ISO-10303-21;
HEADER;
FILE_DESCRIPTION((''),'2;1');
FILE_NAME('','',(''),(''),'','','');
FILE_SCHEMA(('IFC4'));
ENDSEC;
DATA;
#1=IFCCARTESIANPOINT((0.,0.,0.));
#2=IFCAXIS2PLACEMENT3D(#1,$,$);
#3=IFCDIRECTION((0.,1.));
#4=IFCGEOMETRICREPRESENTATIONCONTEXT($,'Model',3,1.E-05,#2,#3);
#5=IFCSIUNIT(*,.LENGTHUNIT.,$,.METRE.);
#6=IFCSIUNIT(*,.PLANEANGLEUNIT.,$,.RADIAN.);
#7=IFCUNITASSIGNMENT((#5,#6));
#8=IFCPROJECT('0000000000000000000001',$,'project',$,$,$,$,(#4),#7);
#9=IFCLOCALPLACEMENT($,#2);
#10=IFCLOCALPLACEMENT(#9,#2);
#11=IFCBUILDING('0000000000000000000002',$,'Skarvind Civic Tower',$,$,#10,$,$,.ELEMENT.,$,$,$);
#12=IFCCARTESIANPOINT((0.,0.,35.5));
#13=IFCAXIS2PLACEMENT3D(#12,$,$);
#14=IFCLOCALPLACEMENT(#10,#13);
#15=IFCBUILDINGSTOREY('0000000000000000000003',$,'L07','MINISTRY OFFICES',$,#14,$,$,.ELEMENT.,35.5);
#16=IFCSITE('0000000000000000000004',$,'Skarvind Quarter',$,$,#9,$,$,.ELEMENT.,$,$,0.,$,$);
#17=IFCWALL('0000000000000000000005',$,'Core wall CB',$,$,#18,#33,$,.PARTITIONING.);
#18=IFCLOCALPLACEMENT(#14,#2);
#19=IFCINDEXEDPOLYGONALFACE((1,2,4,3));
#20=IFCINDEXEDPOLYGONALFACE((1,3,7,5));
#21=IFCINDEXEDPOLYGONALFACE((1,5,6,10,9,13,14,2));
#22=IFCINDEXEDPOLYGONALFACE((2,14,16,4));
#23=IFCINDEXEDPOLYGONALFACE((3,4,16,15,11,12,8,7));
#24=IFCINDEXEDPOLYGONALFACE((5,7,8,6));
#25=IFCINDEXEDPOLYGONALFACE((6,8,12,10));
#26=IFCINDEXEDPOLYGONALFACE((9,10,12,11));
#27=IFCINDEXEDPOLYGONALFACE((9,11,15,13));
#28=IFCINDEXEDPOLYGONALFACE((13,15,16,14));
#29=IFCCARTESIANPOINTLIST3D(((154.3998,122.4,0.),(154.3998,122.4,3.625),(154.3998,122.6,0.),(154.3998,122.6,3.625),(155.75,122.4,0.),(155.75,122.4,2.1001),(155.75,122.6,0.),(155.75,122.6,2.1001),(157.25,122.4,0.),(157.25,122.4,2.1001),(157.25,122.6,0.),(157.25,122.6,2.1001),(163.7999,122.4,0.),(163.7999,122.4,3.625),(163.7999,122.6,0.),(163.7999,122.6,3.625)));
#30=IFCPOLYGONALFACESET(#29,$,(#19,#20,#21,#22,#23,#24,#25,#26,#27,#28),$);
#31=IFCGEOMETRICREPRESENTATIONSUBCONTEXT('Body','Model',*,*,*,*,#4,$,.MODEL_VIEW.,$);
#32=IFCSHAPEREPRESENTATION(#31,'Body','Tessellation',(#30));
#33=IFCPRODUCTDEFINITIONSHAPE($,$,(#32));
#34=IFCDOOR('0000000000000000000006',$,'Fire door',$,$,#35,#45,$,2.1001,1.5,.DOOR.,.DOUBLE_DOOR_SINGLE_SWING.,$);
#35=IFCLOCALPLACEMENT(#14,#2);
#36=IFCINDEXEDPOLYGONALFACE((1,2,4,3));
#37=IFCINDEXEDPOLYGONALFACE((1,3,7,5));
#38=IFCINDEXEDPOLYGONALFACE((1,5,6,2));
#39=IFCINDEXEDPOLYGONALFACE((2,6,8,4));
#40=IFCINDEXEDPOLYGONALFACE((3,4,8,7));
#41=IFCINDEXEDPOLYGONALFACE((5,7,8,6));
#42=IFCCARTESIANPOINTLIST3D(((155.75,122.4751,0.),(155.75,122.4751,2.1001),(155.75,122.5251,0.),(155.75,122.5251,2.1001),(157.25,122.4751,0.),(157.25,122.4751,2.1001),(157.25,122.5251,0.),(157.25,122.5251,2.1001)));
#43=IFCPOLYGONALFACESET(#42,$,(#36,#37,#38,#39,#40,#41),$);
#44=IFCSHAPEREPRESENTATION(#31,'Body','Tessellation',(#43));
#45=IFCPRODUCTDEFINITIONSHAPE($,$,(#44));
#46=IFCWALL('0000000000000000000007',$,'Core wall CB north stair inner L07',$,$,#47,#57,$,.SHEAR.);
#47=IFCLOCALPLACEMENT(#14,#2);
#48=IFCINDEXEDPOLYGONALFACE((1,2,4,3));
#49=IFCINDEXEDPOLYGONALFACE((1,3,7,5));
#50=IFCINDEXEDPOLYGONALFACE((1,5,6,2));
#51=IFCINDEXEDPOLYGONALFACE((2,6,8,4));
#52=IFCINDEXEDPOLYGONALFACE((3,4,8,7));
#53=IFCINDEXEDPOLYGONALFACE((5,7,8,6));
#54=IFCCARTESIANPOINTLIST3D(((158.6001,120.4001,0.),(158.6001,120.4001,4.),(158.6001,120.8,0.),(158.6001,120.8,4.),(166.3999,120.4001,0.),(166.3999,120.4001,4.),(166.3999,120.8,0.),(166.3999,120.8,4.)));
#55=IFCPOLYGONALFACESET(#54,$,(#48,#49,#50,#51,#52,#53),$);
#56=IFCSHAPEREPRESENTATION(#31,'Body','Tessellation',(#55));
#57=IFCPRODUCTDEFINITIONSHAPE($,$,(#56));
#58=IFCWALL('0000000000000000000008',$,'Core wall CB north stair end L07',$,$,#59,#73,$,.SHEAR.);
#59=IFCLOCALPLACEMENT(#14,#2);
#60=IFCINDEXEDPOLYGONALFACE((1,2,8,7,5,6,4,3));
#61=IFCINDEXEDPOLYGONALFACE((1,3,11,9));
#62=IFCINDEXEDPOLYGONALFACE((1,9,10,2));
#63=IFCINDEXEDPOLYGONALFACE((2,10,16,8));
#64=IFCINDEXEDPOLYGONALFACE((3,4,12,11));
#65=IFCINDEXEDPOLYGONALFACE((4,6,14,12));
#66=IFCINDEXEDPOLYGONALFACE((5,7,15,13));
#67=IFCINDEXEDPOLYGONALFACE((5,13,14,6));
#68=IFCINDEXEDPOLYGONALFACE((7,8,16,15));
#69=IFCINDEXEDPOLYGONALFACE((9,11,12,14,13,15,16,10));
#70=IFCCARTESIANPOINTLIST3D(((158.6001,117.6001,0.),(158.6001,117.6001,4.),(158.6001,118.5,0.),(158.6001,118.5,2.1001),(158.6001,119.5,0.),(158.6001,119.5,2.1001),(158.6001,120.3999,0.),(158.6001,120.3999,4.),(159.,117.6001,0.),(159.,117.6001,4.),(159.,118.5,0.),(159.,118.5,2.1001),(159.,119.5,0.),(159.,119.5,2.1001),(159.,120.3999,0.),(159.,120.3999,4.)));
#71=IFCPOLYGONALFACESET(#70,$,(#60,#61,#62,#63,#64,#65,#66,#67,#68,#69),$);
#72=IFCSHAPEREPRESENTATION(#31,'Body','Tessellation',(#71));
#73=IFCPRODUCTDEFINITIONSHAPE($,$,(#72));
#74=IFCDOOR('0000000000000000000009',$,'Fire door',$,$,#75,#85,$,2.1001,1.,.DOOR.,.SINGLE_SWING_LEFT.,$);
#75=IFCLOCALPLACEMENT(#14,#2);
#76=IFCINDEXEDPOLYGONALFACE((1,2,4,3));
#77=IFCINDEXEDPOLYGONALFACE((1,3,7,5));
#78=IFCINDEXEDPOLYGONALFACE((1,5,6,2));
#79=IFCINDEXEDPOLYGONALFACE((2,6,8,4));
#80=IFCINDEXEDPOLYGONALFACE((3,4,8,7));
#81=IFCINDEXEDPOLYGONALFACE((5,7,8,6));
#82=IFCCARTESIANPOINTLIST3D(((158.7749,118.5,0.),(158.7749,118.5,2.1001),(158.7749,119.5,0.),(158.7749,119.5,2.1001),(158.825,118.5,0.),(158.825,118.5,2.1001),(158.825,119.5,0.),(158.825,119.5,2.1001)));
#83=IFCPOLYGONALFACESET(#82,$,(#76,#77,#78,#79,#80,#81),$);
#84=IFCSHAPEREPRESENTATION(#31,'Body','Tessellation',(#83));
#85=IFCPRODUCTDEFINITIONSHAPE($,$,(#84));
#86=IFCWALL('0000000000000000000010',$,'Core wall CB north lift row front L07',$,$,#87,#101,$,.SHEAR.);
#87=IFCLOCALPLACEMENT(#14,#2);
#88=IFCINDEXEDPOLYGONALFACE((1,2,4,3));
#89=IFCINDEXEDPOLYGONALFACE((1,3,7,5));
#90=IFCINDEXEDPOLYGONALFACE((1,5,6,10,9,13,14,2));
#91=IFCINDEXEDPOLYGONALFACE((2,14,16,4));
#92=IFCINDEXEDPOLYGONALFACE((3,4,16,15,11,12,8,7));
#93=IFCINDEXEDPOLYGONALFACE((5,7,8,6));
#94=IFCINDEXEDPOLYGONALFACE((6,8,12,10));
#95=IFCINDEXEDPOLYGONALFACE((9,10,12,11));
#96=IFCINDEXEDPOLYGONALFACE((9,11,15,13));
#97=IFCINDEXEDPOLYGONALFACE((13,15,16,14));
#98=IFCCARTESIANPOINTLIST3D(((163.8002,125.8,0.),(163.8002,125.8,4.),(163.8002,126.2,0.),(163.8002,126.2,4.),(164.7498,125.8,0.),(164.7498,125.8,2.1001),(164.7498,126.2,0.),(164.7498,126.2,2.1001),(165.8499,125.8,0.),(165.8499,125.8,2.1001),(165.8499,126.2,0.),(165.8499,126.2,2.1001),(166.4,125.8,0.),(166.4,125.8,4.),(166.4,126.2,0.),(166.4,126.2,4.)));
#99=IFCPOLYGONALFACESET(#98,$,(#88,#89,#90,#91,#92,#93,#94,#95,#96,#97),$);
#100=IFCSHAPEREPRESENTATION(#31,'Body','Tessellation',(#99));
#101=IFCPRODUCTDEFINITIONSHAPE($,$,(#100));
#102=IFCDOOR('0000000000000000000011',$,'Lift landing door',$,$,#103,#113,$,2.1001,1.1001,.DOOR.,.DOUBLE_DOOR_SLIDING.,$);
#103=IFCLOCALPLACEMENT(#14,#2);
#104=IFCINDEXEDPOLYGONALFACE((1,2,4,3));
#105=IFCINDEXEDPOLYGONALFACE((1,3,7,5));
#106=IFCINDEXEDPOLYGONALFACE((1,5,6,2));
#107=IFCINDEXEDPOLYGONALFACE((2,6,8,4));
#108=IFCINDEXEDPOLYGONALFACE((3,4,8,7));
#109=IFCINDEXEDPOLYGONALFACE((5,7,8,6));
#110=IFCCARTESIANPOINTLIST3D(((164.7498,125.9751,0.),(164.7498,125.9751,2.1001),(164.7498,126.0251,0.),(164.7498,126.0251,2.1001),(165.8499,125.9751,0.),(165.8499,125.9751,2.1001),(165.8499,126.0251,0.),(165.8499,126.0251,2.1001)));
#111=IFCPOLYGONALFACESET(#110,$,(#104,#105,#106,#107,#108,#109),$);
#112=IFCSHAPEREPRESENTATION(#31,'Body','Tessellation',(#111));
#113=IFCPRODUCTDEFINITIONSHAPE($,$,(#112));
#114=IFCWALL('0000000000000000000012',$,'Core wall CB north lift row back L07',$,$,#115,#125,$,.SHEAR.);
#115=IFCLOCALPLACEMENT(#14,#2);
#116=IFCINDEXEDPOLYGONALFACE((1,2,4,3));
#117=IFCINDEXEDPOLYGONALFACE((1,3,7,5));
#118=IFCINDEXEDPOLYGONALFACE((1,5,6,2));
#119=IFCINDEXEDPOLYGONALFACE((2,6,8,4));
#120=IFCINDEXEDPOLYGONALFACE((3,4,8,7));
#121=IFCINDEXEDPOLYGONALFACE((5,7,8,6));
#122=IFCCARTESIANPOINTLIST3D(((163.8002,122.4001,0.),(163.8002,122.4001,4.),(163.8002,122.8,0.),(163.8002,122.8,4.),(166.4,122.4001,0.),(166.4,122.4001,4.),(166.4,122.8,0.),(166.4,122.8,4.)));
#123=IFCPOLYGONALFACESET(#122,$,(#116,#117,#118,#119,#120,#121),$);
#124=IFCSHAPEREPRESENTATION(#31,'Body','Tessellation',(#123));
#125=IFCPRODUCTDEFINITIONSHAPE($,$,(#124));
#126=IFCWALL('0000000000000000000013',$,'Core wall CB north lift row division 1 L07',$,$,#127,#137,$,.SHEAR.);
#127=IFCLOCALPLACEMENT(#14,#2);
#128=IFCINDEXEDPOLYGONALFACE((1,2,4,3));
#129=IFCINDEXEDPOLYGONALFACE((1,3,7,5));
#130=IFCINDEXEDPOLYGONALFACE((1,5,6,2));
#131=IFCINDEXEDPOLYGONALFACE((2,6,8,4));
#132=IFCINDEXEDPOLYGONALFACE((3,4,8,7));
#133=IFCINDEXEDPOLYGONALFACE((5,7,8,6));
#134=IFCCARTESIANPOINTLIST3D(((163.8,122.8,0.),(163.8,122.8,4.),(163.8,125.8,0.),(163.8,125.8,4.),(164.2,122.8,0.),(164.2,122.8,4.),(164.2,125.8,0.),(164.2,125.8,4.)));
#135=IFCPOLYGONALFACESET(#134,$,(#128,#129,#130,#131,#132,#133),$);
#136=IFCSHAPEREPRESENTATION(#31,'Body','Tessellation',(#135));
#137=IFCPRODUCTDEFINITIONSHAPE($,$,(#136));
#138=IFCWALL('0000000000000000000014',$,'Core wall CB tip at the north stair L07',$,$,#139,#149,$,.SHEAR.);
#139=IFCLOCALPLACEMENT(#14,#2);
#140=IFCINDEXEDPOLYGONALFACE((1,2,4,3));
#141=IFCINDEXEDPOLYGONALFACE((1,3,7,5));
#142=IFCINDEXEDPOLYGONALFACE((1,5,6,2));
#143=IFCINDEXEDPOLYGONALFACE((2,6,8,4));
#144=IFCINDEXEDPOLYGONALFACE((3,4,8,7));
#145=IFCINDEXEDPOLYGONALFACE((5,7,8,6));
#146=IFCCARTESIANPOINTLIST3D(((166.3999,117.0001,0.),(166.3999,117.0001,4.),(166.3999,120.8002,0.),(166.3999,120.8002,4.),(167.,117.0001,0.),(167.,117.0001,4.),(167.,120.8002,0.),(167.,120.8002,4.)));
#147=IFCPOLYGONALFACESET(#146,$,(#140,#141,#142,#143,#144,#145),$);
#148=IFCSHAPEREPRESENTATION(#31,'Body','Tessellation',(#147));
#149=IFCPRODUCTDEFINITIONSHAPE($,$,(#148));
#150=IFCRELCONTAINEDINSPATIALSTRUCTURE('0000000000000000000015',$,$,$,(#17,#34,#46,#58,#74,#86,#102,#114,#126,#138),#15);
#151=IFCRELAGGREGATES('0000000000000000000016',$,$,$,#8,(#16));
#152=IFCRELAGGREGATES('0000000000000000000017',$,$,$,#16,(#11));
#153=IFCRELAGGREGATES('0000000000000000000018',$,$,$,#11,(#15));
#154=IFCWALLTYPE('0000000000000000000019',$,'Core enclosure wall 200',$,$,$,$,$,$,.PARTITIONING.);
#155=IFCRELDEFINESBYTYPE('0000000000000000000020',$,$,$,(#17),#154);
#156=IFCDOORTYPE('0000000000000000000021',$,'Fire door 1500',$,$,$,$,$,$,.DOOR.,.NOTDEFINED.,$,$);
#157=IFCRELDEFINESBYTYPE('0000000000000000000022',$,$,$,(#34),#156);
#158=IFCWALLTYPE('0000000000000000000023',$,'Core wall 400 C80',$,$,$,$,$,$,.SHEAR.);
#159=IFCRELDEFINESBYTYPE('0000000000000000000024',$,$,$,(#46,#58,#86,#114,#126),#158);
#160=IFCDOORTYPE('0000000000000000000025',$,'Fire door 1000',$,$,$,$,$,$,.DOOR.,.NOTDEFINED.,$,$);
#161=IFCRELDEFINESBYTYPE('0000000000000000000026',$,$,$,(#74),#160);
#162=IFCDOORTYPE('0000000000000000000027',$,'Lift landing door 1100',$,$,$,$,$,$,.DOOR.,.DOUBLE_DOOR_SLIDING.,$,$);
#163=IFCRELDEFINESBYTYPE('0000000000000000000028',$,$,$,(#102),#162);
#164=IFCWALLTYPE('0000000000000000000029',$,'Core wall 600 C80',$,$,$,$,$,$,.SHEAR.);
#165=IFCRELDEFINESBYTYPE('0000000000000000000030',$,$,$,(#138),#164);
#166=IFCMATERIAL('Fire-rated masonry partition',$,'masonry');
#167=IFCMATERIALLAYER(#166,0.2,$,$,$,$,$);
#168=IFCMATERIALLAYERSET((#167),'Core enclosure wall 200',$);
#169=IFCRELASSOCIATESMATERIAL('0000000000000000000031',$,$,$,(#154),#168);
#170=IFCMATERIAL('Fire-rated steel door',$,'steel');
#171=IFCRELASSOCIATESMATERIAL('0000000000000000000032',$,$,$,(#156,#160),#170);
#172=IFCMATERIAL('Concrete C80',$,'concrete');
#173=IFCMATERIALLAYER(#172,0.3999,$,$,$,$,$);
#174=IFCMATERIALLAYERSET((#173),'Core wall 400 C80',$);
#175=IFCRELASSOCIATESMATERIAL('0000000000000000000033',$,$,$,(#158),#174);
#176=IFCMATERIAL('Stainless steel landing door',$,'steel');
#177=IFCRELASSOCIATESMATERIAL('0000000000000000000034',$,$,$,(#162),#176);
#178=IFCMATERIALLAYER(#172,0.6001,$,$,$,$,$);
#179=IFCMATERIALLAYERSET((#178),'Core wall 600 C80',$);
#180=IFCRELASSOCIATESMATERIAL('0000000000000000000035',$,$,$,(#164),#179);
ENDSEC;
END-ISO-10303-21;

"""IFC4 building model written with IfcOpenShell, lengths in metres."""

from ifc_helpers import new_model, si_unit, direction, frame, frame_2d, origin, place, context, subcontext, project, spatial, rectangle, extrude, material, layer, layer_set, type_object, element, fill, save


model = new_model("IFC4")

# Units and contexts
model_context = context("Model", 3, precision=1e-05, world=origin(), true_north=direction((0.0, 1.0)))
body_context = subcontext(model_context, "Body", "Model", "MODEL_VIEW")
ifc_project = project(units=[si_unit("LENGTHUNIT", "METRE"), si_unit("PLANEANGLEUNIT", "RADIAN")], contexts=[model_context])

# Site, building, storey
site_placement = place(None, origin())
site = spatial("IfcSite", under=ifc_project, at=site_placement, Name="Skarvind Quarter", CompositionType="ELEMENT", RefElevation=0.0)
building_placement = place(site_placement, origin())
building = spatial("IfcBuilding", under=site, at=building_placement, Name="Skarvind Civic Tower", CompositionType="ELEMENT")
storey_placement = place(building_placement, frame((0.0, 0.0, 35.5)))
storey = spatial("IfcBuildingStorey", under=building, at=storey_placement, Name="L07", Description="MINISTRY OFFICES", CompositionType="ELEMENT", Elevation=35.5)

# Wall, opening, door
ifc_material_1 = material(Name="Fire-rated masonry partition", Category="masonry")
ifc_layer_1 = layer(ifc_material_1, 0.2)
ifc_layer_set_1 = layer_set([ifc_layer_1], Name="Core enclosure wall 200")
wall_type_1 = type_object("IfcWallType", Name="Core enclosure wall 200", PredefinedType="PARTITIONING", material=ifc_layer_set_1)
wall_1_placement = place(storey_placement, frame((163.8, 122.5, 0.0), z_axis=(0.0, 0.0, 1.0), x_axis=(-1.0, 0.0, 0.0)))
wall_1 = element("IfcWall", 1, at=wall_1_placement, inside=storey, type_object=wall_type_1, Name="Core wall CB", PredefinedType="PARTITIONING", context=body_context, shape_type="SweptSolid", body=[
    extrude(rectangle(XDim=9.4001, YDim=0.2, at=frame_2d((4.7002, 0.0))), origin(), (0.0, 0.0, 1.0), 3.625),
])
opening_1_placement = place(wall_1_placement, frame((6.55, 0.0, 0.0)))
opening_1 = element("IfcOpeningElement", 2, at=opening_1_placement, cuts=wall_1, PredefinedType="OPENING", context=body_context, shape_type="SweptSolid", body=[
    extrude(rectangle(XDim=1.5, YDim=2.1001, at=frame_2d((0.75, 1.05))), frame((0.0, 0.1099, 0.0), z_axis=(0.0, -1.0, 0.0), x_axis=(1.0, 0.0, 0.0)), (0.0, 0.0, 1.0), 0.22),
])
ifc_material_2 = material(Name="Fire-rated steel door", Category="steel")
door_type_1 = type_object("IfcDoorType", Name="Fire door 1500", OperationType="NOTDEFINED", PredefinedType="DOOR", material=ifc_material_2)
door_1_placement = place(opening_1_placement, origin())
door_1 = element("IfcDoor", 3, at=door_1_placement, inside=storey, type_object=door_type_1, Name="Fire door", OperationType="DOUBLE_DOOR_SINGLE_SWING", OverallHeight=2.1001, OverallWidth=1.5, PredefinedType="DOOR", context=body_context, shape_type="SweptSolid", body=[
    extrude(rectangle(XDim=1.5, YDim=2.1001, at=frame_2d((0.75, 1.05))), frame((0.0, 0.0249, 0.0), z_axis=(0.0, -1.0, 0.0), x_axis=(1.0, 0.0, 0.0)), (0.0, 0.0, 1.0), 0.05),
])
fill(opening_1, door_1)

# Wall
ifc_material_3 = material(Name="Concrete C80", Category="concrete")
ifc_layer_2 = layer(ifc_material_3, 0.3999)
ifc_layer_set_2 = layer_set([ifc_layer_2], Name="Core wall 400 C80")
wall_type_2 = type_object("IfcWallType", Name="Core wall 400 C80", PredefinedType="SHEAR", material=ifc_layer_set_2)
wall_2_placement = place(storey_placement, frame((166.3999, 120.6001, 0.0), z_axis=(0.0, 0.0, 1.0), x_axis=(-1.0, 0.0, 0.0)))
element("IfcWall", 4, at=wall_2_placement, inside=storey, type_object=wall_type_2, Name="Core wall CB north stair inner L07", PredefinedType="SHEAR", context=body_context, shape_type="SweptSolid", body=[
    extrude(rectangle(XDim=7.7998, YDim=0.3999, at=frame_2d((3.8999, 0.0))), origin(), (0.0, 0.0, 1.0), 4.0),
])

# Walls, openings, doors
wall_3_placement = place(storey_placement, frame((158.8, 120.3999, 0.0), z_axis=(0.0, 0.0, 1.0), x_axis=(0.0, -1.0, 0.0)))
wall_3 = element("IfcWall", 5, at=wall_3_placement, inside=storey, type_object=wall_type_2, Name="Core wall CB north stair end L07", PredefinedType="SHEAR", context=body_context, shape_type="SweptSolid", body=[
    extrude(rectangle(XDim=2.7998, YDim=0.3999, at=frame_2d((1.3999, 0.0))), origin(), (0.0, 0.0, 1.0), 4.0),
])
opening_2_placement = place(wall_3_placement, frame((0.8999, 0.0, 0.0)))
opening_2 = element("IfcOpeningElement", 6, at=opening_2_placement, cuts=wall_3, PredefinedType="OPENING", context=body_context, shape_type="SweptSolid", body=[
    extrude(rectangle(XDim=1.0, YDim=2.1001, at=frame_2d((0.5, 1.05))), frame((0.0, 0.21, 0.0), z_axis=(0.0, -1.0, 0.0), x_axis=(1.0, 0.0, 0.0)), (0.0, 0.0, 1.0), 0.4199),
])
door_type_2 = type_object("IfcDoorType", Name="Fire door 1000", OperationType="NOTDEFINED", PredefinedType="DOOR", material=ifc_material_2)
door_2_placement = place(opening_2_placement, origin())
door_2 = element("IfcDoor", 7, at=door_2_placement, inside=storey, type_object=door_type_2, Name="Fire door", OperationType="SINGLE_SWING_LEFT", OverallHeight=2.1001, OverallWidth=1.0, PredefinedType="DOOR", context=body_context, shape_type="SweptSolid", body=[
    extrude(rectangle(XDim=1.0, YDim=2.1001, at=frame_2d((0.5, 1.05))), frame((0.0, 0.0249, 0.0), z_axis=(0.0, -1.0, 0.0), x_axis=(1.0, 0.0, 0.0)), (0.0, 0.0, 1.0), 0.05),
])
fill(opening_2, door_2)
wall_4_placement = place(storey_placement, frame((166.3999, 126.0, 0.0), z_axis=(0.0, 0.0, 1.0), x_axis=(-1.0, 0.0, 0.0)))
wall_4 = element("IfcWall", 8, at=wall_4_placement, inside=storey, type_object=wall_type_2, Name="Core wall CB north lift row front L07", PredefinedType="SHEAR", context=body_context, shape_type="SweptSolid", body=[
    extrude(rectangle(XDim=2.5999, YDim=0.3999, at=frame_2d((1.2998, 0.0))), origin(), (0.0, 0.0, 1.0), 4.0),
])
opening_3_placement = place(wall_4_placement, frame((0.55, 0.0, 0.0)))
opening_3 = element("IfcOpeningElement", 9, at=opening_3_placement, cuts=wall_4, PredefinedType="OPENING", context=body_context, shape_type="SweptSolid", body=[
    extrude(rectangle(XDim=1.1001, YDim=2.1001, at=frame_2d((0.55, 1.05))), frame((0.0, 0.21, 0.0), z_axis=(0.0, -1.0, 0.0), x_axis=(1.0, 0.0, 0.0)), (0.0, 0.0, 1.0), 0.4199),
])
ifc_material_4 = material(Name="Stainless steel landing door", Category="steel")
door_type_3 = type_object("IfcDoorType", Name="Lift landing door 1100", OperationType="DOUBLE_DOOR_SLIDING", PredefinedType="DOOR", material=ifc_material_4)
door_3_placement = place(opening_3_placement, origin())
door_3 = element("IfcDoor", 10, at=door_3_placement, inside=storey, type_object=door_type_3, Name="Lift landing door", OperationType="DOUBLE_DOOR_SLIDING", OverallHeight=2.1001, OverallWidth=1.1001, PredefinedType="DOOR", context=body_context, shape_type="SweptSolid", body=[
    extrude(rectangle(XDim=1.1001, YDim=2.1001, at=frame_2d((0.55, 1.05))), frame((0.0, 0.0249, 0.0), z_axis=(0.0, -1.0, 0.0), x_axis=(1.0, 0.0, 0.0)), (0.0, 0.0, 1.0), 0.05),
])
fill(opening_3, door_3)

# Walls
wall_5_placement = place(storey_placement, frame((166.3999, 122.6001, 0.0), z_axis=(0.0, 0.0, 1.0), x_axis=(-1.0, 0.0, 0.0)))
element("IfcWall", 11, at=wall_5_placement, inside=storey, type_object=wall_type_2, Name="Core wall CB north lift row back L07", PredefinedType="SHEAR", context=body_context, shape_type="SweptSolid", body=[
    extrude(rectangle(XDim=2.5999, YDim=0.3999, at=frame_2d((1.2998, 0.0))), origin(), (0.0, 0.0, 1.0), 4.0),
])
wall_6_placement = place(storey_placement, frame((164.0, 125.8, 0.0), z_axis=(0.0, 0.0, 1.0), x_axis=(0.0, -1.0, 0.0)))
element("IfcWall", 12, at=wall_6_placement, inside=storey, type_object=wall_type_2, Name="Core wall CB north lift row division 1 L07", PredefinedType="SHEAR", context=body_context, shape_type="SweptSolid", body=[
    extrude(rectangle(XDim=3.0, YDim=0.3999, at=frame_2d((1.5, 0.0))), origin(), (0.0, 0.0, 1.0), 4.0),
])
ifc_layer_3 = layer(ifc_material_3, 0.6001)
ifc_layer_set_3 = layer_set([ifc_layer_3], Name="Core wall 600 C80")
wall_type_3 = type_object("IfcWallType", Name="Core wall 600 C80", PredefinedType="SHEAR", material=ifc_layer_set_3)
wall_7_placement = place(storey_placement, frame((166.7, 120.8, 0.0), z_axis=(0.0, 0.0, 1.0), x_axis=(0.0, -1.0, 0.0)))
element("IfcWall", 13, at=wall_7_placement, inside=storey, type_object=wall_type_3, Name="Core wall CB tip at the north stair L07", PredefinedType="SHEAR", context=body_context, shape_type="SweptSolid", body=[
    extrude(rectangle(XDim=3.8, YDim=0.6001, at=frame_2d((1.8999, 0.0))), origin(), (0.0, 0.0, 1.0), 4.0),
])

save(model, "model.ifc")
